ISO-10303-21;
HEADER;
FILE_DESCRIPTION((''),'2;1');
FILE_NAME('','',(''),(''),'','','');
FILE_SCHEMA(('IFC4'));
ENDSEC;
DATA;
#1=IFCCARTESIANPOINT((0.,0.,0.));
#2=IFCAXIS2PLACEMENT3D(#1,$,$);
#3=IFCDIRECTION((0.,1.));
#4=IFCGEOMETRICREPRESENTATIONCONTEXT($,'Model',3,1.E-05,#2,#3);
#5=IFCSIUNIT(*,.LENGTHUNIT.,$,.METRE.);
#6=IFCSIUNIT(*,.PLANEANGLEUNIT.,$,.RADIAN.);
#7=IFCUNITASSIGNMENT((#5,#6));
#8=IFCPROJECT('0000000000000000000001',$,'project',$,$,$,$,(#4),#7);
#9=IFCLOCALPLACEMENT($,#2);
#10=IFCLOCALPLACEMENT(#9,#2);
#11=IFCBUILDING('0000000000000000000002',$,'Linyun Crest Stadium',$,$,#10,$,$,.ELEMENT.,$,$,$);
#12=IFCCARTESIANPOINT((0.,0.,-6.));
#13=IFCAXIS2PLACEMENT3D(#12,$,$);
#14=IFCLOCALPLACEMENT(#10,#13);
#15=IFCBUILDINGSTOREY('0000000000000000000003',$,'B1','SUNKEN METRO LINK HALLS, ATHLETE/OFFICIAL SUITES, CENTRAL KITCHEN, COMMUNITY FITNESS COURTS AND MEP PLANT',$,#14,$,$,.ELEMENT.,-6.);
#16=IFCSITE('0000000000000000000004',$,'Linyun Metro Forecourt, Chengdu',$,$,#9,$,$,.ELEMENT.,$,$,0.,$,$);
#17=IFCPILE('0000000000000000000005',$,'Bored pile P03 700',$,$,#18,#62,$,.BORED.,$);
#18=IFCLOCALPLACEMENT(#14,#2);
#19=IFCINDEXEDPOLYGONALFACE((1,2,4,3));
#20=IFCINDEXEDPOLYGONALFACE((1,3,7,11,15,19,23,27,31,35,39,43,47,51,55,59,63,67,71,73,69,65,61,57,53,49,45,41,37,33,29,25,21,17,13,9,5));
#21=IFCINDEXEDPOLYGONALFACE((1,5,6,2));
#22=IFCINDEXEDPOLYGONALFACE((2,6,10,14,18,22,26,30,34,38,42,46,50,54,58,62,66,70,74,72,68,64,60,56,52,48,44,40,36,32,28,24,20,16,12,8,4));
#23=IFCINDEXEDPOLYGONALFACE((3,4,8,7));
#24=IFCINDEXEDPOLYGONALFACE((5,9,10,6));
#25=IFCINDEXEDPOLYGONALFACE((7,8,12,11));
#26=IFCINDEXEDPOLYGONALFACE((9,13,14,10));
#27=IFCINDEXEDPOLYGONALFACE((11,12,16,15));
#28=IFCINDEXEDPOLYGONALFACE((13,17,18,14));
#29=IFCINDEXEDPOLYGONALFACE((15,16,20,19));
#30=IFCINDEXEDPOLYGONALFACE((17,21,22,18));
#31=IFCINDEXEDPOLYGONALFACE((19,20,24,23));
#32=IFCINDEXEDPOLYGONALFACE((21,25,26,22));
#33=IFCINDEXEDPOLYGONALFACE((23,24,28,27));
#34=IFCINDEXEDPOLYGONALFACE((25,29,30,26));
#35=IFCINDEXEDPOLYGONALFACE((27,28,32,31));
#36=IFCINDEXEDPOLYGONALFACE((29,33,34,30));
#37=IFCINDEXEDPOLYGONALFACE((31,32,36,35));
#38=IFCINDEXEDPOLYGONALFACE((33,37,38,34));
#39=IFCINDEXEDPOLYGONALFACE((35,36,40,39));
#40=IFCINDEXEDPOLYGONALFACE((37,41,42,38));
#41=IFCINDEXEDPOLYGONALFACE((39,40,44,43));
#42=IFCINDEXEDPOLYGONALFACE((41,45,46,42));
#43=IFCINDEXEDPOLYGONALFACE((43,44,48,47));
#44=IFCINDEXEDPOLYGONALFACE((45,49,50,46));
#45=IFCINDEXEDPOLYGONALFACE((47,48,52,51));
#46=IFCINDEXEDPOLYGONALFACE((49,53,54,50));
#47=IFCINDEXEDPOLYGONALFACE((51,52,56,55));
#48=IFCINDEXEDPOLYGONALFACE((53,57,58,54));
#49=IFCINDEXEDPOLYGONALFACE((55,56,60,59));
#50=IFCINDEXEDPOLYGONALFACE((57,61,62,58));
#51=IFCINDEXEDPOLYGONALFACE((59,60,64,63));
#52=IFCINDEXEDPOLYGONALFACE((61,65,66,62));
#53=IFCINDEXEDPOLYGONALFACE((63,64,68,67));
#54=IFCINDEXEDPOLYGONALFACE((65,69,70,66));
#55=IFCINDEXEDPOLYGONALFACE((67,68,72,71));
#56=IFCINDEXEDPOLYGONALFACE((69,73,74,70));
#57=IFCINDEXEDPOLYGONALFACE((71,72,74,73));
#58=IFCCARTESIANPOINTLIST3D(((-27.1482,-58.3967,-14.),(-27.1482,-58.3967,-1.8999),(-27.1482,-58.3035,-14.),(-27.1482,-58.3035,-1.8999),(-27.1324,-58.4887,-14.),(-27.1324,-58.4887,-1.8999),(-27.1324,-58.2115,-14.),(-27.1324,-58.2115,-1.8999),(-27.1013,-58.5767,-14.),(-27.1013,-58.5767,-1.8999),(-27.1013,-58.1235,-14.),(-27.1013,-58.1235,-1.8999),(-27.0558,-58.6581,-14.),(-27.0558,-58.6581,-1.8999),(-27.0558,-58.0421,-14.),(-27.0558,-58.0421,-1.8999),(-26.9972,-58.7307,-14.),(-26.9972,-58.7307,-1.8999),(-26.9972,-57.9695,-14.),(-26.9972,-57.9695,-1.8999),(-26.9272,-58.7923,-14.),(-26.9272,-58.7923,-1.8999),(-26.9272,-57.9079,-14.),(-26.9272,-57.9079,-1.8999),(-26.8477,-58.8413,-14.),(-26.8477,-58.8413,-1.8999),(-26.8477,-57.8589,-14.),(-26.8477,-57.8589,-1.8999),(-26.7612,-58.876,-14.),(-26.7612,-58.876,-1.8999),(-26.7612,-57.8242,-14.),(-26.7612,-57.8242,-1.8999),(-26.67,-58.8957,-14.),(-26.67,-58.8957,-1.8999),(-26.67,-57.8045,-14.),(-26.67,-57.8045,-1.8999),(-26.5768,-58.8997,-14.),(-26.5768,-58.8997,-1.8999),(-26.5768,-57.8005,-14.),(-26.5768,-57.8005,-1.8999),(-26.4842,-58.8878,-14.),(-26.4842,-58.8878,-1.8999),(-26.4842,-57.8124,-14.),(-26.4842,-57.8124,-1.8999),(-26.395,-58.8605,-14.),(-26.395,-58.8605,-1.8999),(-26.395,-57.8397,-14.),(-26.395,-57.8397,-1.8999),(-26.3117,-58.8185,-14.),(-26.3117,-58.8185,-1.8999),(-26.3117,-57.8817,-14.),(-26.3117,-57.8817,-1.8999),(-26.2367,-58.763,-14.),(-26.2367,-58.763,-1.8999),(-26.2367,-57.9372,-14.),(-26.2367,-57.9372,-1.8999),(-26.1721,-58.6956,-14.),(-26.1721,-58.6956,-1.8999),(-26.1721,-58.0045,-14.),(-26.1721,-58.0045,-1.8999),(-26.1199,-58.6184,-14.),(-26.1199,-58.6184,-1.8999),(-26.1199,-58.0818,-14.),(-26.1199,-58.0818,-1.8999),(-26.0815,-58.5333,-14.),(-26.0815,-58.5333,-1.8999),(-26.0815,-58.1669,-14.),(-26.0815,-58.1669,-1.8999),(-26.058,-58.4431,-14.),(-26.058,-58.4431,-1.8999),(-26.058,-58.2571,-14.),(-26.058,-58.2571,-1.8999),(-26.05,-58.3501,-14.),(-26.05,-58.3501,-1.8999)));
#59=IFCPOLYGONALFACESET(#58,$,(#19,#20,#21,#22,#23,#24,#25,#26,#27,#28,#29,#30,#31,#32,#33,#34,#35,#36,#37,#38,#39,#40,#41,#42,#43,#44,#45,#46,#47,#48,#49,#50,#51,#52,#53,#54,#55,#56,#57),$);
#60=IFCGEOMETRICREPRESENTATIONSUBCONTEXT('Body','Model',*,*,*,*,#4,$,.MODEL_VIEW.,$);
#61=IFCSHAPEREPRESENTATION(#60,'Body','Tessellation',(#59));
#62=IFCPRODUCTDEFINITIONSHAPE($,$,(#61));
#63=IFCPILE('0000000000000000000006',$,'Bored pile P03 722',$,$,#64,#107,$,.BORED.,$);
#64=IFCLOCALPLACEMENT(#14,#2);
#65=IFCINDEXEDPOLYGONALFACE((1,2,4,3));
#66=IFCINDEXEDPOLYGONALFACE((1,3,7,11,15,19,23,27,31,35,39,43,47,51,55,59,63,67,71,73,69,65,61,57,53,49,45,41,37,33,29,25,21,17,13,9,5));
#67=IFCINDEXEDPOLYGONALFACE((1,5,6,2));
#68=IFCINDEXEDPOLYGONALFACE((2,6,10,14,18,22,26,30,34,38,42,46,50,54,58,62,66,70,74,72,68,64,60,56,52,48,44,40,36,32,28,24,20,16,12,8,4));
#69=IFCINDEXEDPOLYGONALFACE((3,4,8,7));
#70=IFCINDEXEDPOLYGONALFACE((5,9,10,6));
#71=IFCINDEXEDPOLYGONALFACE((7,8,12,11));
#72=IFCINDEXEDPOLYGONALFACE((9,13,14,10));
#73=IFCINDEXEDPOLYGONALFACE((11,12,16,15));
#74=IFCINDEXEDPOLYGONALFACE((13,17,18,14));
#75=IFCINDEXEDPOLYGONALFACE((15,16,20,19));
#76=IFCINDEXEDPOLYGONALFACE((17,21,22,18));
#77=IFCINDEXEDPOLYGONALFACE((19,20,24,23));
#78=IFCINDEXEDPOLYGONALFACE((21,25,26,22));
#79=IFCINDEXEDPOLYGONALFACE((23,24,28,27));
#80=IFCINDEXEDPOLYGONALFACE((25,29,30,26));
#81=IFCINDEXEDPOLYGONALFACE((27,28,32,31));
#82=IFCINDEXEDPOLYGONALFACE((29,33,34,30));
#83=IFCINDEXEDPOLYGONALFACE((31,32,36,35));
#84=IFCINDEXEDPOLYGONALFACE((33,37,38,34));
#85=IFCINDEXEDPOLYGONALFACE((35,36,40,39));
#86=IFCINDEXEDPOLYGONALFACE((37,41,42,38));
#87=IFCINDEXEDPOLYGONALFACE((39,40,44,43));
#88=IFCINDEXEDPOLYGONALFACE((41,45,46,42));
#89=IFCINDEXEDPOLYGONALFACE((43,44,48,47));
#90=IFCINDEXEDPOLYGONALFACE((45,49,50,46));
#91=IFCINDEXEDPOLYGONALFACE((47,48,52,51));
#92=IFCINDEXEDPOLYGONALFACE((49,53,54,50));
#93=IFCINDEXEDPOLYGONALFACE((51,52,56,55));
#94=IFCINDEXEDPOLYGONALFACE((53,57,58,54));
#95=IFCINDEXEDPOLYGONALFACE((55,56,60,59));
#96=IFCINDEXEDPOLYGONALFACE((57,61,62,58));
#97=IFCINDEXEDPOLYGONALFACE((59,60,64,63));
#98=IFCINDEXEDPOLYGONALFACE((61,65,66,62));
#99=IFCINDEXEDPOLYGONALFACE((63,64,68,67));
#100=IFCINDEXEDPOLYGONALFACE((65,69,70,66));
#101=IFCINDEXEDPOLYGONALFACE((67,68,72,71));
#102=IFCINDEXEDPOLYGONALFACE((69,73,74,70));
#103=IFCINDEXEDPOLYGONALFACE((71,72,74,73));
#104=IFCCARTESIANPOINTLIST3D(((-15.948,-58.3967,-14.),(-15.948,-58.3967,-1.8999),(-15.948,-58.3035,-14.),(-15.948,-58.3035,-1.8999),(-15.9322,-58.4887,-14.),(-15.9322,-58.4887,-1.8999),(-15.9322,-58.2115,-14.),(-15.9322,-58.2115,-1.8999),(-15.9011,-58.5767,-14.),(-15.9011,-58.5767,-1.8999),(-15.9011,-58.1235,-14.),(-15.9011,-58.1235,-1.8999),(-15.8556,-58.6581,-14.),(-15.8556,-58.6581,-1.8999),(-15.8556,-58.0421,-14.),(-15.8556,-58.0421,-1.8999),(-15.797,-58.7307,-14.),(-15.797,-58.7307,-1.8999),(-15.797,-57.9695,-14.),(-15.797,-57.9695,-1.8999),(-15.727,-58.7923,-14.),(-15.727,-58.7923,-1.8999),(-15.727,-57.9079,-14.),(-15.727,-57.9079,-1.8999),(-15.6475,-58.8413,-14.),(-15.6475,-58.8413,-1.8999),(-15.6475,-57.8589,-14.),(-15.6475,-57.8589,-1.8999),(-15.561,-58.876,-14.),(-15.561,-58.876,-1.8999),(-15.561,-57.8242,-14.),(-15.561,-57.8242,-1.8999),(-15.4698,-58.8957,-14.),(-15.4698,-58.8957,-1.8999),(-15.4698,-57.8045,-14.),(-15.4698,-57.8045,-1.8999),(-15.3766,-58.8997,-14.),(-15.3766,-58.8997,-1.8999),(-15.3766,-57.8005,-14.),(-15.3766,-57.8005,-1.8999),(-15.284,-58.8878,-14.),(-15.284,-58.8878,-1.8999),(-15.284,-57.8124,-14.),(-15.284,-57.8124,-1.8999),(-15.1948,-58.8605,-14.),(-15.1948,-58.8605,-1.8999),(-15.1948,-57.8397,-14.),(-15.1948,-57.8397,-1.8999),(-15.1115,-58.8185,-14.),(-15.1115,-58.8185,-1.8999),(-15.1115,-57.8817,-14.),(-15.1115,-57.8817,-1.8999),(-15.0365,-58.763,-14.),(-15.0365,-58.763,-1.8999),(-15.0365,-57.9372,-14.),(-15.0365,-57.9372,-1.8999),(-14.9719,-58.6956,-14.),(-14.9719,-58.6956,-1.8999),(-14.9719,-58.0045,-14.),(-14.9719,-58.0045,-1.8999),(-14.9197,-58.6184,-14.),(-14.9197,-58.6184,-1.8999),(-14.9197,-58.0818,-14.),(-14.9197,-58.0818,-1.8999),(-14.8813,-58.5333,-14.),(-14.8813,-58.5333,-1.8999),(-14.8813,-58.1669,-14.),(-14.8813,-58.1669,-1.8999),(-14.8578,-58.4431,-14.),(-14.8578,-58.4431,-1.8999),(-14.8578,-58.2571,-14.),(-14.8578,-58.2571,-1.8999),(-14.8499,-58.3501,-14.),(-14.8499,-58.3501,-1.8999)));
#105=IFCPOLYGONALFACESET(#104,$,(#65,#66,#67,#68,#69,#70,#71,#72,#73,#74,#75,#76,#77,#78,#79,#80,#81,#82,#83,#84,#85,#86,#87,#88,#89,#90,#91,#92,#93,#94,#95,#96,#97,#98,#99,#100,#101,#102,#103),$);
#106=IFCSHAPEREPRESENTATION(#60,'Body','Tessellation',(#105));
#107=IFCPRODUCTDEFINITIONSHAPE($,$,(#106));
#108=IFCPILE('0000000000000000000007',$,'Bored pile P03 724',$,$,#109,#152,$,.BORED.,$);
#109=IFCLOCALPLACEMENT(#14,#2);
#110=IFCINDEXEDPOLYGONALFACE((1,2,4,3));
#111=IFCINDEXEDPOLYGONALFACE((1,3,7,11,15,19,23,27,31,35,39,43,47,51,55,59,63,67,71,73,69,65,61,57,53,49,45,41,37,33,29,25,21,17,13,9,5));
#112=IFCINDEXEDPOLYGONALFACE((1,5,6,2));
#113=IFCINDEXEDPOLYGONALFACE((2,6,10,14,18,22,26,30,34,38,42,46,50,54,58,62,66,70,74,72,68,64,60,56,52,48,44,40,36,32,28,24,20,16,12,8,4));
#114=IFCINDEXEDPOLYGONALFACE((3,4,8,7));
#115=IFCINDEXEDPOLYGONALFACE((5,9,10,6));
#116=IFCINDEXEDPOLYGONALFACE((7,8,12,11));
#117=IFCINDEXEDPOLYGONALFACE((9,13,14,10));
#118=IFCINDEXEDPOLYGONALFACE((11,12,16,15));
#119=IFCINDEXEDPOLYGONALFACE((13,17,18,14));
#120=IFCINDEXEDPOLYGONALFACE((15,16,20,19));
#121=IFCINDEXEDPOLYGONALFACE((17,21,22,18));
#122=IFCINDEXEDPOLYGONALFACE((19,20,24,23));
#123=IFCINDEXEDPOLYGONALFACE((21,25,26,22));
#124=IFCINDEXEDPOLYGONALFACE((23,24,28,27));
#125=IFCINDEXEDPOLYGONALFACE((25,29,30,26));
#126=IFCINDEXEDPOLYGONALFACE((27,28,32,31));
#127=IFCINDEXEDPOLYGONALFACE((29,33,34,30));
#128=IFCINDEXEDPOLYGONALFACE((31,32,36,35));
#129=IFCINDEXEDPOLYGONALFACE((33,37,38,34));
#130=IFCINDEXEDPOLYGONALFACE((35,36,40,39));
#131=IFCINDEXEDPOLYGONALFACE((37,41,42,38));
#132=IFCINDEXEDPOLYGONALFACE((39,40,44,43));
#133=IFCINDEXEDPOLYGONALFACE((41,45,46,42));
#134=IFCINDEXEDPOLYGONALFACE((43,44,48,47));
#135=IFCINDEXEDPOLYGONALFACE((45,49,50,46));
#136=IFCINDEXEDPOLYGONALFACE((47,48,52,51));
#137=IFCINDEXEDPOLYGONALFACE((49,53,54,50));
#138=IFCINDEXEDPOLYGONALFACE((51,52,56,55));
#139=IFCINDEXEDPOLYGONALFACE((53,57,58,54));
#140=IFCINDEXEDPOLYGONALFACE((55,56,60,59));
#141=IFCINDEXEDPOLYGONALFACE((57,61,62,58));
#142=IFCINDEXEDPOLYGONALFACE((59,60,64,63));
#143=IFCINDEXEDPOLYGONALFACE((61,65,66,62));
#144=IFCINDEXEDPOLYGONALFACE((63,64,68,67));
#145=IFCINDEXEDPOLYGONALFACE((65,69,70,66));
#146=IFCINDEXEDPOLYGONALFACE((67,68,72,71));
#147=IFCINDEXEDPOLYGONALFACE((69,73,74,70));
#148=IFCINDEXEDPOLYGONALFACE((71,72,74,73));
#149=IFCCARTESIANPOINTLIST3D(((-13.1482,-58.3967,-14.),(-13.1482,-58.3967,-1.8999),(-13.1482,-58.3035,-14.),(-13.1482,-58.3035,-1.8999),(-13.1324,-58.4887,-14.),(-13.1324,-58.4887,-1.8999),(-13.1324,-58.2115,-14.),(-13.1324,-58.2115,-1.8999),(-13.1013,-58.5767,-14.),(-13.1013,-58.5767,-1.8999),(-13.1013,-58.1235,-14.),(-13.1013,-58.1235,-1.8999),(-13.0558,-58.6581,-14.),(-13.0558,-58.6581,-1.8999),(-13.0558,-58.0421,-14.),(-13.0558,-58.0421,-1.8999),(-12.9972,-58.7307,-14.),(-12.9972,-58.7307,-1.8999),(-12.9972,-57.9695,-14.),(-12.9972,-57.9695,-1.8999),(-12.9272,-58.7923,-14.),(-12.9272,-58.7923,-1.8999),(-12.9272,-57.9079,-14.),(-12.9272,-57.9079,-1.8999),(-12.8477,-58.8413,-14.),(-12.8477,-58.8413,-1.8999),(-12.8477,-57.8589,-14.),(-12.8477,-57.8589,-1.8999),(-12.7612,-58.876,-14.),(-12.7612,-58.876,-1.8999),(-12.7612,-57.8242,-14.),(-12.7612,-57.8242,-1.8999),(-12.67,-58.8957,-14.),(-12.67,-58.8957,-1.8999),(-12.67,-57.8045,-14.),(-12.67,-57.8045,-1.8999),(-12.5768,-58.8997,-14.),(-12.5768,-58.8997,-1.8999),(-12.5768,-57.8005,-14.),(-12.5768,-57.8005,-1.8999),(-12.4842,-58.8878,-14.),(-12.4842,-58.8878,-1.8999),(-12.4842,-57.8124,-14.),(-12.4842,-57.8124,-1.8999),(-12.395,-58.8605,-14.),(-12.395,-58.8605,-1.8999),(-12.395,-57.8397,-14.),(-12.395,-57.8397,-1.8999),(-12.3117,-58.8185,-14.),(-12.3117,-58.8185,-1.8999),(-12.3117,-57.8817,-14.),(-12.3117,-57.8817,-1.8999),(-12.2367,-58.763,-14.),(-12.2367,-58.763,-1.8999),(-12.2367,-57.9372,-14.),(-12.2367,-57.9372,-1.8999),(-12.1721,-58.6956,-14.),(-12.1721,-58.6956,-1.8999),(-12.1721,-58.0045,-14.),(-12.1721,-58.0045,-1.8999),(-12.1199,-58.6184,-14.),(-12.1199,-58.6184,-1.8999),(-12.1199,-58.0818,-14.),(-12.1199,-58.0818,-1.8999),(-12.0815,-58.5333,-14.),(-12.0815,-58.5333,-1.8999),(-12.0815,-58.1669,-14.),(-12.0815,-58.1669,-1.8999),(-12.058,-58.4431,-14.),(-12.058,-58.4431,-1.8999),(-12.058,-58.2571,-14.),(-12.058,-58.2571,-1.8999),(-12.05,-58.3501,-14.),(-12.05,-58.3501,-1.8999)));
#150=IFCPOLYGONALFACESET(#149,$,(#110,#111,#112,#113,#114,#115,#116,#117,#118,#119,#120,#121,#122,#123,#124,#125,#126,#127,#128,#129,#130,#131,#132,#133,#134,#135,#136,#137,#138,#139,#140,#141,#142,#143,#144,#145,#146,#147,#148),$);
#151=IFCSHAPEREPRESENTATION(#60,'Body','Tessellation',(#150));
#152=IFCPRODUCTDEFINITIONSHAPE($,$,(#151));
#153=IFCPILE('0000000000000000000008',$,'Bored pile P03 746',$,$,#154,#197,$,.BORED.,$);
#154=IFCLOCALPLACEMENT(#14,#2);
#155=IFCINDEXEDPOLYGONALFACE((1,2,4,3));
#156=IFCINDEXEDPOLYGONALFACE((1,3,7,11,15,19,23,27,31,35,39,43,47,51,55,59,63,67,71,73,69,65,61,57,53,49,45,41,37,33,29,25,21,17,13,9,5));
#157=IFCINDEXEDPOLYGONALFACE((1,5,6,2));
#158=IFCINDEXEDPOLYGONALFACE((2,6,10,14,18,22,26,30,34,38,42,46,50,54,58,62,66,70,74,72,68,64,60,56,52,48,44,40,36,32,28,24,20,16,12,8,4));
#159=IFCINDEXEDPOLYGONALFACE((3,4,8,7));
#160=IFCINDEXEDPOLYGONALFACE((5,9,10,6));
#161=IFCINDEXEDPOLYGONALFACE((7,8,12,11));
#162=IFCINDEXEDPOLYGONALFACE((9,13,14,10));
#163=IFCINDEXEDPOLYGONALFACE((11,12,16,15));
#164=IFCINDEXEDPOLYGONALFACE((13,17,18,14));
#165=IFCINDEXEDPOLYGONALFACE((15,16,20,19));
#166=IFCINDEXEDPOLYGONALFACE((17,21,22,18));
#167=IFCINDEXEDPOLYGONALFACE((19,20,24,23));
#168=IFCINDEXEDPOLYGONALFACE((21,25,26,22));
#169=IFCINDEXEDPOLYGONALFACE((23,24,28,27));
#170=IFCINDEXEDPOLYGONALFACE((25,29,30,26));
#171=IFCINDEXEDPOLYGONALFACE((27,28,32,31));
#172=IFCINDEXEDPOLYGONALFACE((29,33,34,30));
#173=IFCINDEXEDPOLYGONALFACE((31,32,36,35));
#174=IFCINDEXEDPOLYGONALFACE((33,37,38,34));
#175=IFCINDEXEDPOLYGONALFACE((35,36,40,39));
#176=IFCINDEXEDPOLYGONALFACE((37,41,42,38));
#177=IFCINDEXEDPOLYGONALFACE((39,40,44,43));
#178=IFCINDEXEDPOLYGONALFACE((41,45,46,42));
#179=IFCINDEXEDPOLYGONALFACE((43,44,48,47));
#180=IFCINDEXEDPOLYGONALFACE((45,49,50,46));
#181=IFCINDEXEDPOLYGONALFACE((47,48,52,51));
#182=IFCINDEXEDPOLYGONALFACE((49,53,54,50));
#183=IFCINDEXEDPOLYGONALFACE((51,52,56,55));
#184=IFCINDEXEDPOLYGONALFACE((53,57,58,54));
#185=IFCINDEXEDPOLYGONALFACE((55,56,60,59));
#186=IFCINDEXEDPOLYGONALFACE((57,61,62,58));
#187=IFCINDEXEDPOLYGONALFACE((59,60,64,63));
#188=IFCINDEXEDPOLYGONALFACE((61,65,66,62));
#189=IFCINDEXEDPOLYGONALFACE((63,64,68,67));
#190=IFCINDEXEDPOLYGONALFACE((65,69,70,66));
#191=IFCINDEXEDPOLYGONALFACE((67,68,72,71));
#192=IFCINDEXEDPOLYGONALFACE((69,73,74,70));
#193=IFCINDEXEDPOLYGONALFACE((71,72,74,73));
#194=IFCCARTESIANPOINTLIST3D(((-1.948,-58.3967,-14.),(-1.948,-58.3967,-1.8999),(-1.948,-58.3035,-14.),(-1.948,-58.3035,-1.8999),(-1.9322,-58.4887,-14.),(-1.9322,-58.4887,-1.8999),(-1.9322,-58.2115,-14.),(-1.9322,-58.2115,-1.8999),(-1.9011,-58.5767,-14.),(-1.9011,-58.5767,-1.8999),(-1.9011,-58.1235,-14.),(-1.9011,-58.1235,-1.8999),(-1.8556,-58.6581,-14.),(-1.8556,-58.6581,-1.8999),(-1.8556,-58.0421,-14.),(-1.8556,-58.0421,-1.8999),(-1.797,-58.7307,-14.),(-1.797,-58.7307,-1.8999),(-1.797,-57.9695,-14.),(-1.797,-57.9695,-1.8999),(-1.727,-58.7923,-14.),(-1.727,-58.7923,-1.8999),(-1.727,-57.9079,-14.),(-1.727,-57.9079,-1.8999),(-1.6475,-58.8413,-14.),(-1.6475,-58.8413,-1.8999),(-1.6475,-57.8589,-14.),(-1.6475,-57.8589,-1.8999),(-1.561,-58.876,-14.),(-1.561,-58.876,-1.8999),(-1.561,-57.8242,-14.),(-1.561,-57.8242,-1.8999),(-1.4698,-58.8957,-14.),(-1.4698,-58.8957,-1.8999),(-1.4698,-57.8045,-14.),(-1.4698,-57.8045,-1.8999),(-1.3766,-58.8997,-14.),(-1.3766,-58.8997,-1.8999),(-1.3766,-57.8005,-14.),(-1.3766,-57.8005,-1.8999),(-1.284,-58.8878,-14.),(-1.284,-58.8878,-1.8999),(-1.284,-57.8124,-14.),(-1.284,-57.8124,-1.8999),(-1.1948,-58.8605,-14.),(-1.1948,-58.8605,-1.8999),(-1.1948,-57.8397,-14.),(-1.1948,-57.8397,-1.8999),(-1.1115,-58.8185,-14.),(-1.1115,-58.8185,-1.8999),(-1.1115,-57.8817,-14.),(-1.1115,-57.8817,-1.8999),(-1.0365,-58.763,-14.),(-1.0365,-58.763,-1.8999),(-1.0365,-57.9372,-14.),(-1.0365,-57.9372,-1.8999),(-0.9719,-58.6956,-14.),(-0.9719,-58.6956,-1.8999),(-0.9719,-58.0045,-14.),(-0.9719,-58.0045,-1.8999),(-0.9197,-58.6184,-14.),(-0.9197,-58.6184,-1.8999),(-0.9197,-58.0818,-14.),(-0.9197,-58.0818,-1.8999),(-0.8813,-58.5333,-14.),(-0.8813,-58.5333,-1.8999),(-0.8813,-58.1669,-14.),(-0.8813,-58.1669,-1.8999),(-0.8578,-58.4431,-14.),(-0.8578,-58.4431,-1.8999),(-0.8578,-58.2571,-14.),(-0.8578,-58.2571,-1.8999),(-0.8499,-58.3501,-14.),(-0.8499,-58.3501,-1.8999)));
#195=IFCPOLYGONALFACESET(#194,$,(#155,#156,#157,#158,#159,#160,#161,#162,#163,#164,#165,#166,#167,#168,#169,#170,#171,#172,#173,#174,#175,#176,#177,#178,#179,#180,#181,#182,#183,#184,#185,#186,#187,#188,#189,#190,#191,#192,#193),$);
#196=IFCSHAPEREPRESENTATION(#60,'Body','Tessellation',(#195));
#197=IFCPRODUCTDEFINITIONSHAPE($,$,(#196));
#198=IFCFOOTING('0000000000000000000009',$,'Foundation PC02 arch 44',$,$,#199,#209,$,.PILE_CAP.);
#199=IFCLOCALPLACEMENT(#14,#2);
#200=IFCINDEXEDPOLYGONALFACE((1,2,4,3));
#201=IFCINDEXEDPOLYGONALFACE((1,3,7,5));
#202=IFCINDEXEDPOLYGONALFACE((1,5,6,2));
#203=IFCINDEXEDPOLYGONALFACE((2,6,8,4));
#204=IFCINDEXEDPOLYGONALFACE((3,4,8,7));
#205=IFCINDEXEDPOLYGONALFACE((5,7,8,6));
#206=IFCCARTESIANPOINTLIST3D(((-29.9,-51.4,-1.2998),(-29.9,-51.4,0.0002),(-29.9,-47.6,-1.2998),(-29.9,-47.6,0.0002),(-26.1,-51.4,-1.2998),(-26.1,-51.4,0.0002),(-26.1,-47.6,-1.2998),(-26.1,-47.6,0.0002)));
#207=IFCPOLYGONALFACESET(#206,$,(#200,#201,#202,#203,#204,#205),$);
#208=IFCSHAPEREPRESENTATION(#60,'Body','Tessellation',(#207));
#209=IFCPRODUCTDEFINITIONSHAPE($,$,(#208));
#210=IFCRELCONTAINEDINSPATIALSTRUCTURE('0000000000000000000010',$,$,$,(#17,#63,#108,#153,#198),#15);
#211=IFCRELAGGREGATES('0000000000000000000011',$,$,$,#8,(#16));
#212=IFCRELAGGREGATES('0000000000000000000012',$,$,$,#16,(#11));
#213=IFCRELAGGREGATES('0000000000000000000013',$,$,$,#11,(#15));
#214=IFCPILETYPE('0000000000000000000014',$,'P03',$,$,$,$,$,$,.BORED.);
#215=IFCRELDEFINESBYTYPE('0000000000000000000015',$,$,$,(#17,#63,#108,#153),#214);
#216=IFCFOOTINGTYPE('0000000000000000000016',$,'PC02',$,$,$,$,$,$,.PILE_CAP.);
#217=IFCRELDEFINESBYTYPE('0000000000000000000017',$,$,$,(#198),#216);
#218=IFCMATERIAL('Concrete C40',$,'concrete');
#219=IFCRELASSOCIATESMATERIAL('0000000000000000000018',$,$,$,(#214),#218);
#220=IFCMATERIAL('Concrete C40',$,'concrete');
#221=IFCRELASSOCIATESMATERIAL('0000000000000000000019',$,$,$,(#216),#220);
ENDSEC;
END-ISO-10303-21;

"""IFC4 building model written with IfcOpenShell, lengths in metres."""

from ifc_helpers import new_model, si_unit, direction, frame, origin, origin_2d, place, context, subcontext, project, spatial, rectangle, circle, extrude, material, material_profile, profile_set, type_object, element, save


model = new_model("IFC4")

# Units and contexts
model_context = context("Model", 3, precision=1e-05, world=origin(), true_north=direction((0.0, 1.0)))
body_context = subcontext(model_context, "Body", "Model", "MODEL_VIEW")
ifc_project = project(units=[si_unit("LENGTHUNIT", "METRE"), si_unit("PLANEANGLEUNIT", "RADIAN")], contexts=[model_context])

# Site, building, storey
site_placement = place(None, origin())
site = spatial("IfcSite", under=ifc_project, at=site_placement, Name="Linyun Metro Forecourt, Chengdu", CompositionType="ELEMENT", RefElevation=0.0)
building_placement = place(site_placement, origin())
building = spatial("IfcBuilding", under=site, at=building_placement, Name="Linyun Crest Stadium", CompositionType="ELEMENT")
storey_placement = place(building_placement, frame((0.0, 0.0, -6.0)))
storey = spatial("IfcBuildingStorey", under=building, at=storey_placement, Name="B1", Description="SUNKEN METRO LINK HALLS, ATHLETE/OFFICIAL SUITES, CENTRAL KITCHEN, COMMUNITY FITNESS COURTS AND MEP PLANT", CompositionType="ELEMENT", Elevation=-6.0)

# Piles
ifc_material_1 = material(Name="Concrete C40", Category="concrete")
ifc_material_profile_1 = material_profile(ifc_material_1, circle(Radius=0.55, at=origin_2d()), Name="BORED PILE 1100")
ifc_profile_set_1 = profile_set([ifc_material_profile_1], Name="Concrete C40")
pile_type_1 = type_object("IfcPileType", Name="P03", PredefinedType="BORED", material=ifc_profile_set_1)
for number, where, z_axis, x_axis, name in (
    (1, (-26.6001, -58.3501, -1.8999), (0.0, 0.0, -1.0), (1.0, 0.0, 0.0), "Bored pile P03 700"),
    (2, (-15.3999, -58.3501, -1.8999), (0.0, 0.0, -1.0), (1.0, 0.0, 0.0), "Bored pile P03 722"),
    (3, (-12.6001, -58.3501, -1.8999), (0.0, 0.0, -1.0), (1.0, 0.0, 0.0), "Bored pile P03 724"),
    (4, (-1.3999, -58.3501, -1.8999), (0.0, 0.0, -1.0), (1.0, 0.0, 0.0), "Bored pile P03 746"),
):
    element("IfcPile", number, at=place(storey_placement, frame(where, z_axis=z_axis, x_axis=x_axis)), inside=storey, type_object=pile_type_1, Name=name, PredefinedType="BORED", context=body_context, shape_type="SweptSolid", body=[
        extrude(circle(Radius=0.55, at=origin_2d()), origin(), (0.0, 0.0, 1.0), 12.1001),
    ])

# Footing
ifc_material_2 = material(Name="Concrete C40", Category="concrete")
footing_type_1 = type_object("IfcFootingType", Name="PC02", PredefinedType="PILE_CAP", material=ifc_material_2)
for number, where, z_axis, x_axis, name in (
    (5, (-28.0, -49.5, -1.2998), (0.0, 0.0, 1.0), (1.0, 0.0, 0.0), "Foundation PC02 arch 44"),
):
    element("IfcFooting", number, at=place(storey_placement, frame(where, z_axis=z_axis, x_axis=x_axis)), inside=storey, type_object=footing_type_1, Name=name, PredefinedType="PILE_CAP", context=body_context, shape_type="SweptSolid", body=[
        extrude(rectangle(XDim=3.8, YDim=3.8, at=origin_2d()), origin(), (0.0, 0.0, 1.0), 1.3),
    ])

save(model, "model.ifc")
